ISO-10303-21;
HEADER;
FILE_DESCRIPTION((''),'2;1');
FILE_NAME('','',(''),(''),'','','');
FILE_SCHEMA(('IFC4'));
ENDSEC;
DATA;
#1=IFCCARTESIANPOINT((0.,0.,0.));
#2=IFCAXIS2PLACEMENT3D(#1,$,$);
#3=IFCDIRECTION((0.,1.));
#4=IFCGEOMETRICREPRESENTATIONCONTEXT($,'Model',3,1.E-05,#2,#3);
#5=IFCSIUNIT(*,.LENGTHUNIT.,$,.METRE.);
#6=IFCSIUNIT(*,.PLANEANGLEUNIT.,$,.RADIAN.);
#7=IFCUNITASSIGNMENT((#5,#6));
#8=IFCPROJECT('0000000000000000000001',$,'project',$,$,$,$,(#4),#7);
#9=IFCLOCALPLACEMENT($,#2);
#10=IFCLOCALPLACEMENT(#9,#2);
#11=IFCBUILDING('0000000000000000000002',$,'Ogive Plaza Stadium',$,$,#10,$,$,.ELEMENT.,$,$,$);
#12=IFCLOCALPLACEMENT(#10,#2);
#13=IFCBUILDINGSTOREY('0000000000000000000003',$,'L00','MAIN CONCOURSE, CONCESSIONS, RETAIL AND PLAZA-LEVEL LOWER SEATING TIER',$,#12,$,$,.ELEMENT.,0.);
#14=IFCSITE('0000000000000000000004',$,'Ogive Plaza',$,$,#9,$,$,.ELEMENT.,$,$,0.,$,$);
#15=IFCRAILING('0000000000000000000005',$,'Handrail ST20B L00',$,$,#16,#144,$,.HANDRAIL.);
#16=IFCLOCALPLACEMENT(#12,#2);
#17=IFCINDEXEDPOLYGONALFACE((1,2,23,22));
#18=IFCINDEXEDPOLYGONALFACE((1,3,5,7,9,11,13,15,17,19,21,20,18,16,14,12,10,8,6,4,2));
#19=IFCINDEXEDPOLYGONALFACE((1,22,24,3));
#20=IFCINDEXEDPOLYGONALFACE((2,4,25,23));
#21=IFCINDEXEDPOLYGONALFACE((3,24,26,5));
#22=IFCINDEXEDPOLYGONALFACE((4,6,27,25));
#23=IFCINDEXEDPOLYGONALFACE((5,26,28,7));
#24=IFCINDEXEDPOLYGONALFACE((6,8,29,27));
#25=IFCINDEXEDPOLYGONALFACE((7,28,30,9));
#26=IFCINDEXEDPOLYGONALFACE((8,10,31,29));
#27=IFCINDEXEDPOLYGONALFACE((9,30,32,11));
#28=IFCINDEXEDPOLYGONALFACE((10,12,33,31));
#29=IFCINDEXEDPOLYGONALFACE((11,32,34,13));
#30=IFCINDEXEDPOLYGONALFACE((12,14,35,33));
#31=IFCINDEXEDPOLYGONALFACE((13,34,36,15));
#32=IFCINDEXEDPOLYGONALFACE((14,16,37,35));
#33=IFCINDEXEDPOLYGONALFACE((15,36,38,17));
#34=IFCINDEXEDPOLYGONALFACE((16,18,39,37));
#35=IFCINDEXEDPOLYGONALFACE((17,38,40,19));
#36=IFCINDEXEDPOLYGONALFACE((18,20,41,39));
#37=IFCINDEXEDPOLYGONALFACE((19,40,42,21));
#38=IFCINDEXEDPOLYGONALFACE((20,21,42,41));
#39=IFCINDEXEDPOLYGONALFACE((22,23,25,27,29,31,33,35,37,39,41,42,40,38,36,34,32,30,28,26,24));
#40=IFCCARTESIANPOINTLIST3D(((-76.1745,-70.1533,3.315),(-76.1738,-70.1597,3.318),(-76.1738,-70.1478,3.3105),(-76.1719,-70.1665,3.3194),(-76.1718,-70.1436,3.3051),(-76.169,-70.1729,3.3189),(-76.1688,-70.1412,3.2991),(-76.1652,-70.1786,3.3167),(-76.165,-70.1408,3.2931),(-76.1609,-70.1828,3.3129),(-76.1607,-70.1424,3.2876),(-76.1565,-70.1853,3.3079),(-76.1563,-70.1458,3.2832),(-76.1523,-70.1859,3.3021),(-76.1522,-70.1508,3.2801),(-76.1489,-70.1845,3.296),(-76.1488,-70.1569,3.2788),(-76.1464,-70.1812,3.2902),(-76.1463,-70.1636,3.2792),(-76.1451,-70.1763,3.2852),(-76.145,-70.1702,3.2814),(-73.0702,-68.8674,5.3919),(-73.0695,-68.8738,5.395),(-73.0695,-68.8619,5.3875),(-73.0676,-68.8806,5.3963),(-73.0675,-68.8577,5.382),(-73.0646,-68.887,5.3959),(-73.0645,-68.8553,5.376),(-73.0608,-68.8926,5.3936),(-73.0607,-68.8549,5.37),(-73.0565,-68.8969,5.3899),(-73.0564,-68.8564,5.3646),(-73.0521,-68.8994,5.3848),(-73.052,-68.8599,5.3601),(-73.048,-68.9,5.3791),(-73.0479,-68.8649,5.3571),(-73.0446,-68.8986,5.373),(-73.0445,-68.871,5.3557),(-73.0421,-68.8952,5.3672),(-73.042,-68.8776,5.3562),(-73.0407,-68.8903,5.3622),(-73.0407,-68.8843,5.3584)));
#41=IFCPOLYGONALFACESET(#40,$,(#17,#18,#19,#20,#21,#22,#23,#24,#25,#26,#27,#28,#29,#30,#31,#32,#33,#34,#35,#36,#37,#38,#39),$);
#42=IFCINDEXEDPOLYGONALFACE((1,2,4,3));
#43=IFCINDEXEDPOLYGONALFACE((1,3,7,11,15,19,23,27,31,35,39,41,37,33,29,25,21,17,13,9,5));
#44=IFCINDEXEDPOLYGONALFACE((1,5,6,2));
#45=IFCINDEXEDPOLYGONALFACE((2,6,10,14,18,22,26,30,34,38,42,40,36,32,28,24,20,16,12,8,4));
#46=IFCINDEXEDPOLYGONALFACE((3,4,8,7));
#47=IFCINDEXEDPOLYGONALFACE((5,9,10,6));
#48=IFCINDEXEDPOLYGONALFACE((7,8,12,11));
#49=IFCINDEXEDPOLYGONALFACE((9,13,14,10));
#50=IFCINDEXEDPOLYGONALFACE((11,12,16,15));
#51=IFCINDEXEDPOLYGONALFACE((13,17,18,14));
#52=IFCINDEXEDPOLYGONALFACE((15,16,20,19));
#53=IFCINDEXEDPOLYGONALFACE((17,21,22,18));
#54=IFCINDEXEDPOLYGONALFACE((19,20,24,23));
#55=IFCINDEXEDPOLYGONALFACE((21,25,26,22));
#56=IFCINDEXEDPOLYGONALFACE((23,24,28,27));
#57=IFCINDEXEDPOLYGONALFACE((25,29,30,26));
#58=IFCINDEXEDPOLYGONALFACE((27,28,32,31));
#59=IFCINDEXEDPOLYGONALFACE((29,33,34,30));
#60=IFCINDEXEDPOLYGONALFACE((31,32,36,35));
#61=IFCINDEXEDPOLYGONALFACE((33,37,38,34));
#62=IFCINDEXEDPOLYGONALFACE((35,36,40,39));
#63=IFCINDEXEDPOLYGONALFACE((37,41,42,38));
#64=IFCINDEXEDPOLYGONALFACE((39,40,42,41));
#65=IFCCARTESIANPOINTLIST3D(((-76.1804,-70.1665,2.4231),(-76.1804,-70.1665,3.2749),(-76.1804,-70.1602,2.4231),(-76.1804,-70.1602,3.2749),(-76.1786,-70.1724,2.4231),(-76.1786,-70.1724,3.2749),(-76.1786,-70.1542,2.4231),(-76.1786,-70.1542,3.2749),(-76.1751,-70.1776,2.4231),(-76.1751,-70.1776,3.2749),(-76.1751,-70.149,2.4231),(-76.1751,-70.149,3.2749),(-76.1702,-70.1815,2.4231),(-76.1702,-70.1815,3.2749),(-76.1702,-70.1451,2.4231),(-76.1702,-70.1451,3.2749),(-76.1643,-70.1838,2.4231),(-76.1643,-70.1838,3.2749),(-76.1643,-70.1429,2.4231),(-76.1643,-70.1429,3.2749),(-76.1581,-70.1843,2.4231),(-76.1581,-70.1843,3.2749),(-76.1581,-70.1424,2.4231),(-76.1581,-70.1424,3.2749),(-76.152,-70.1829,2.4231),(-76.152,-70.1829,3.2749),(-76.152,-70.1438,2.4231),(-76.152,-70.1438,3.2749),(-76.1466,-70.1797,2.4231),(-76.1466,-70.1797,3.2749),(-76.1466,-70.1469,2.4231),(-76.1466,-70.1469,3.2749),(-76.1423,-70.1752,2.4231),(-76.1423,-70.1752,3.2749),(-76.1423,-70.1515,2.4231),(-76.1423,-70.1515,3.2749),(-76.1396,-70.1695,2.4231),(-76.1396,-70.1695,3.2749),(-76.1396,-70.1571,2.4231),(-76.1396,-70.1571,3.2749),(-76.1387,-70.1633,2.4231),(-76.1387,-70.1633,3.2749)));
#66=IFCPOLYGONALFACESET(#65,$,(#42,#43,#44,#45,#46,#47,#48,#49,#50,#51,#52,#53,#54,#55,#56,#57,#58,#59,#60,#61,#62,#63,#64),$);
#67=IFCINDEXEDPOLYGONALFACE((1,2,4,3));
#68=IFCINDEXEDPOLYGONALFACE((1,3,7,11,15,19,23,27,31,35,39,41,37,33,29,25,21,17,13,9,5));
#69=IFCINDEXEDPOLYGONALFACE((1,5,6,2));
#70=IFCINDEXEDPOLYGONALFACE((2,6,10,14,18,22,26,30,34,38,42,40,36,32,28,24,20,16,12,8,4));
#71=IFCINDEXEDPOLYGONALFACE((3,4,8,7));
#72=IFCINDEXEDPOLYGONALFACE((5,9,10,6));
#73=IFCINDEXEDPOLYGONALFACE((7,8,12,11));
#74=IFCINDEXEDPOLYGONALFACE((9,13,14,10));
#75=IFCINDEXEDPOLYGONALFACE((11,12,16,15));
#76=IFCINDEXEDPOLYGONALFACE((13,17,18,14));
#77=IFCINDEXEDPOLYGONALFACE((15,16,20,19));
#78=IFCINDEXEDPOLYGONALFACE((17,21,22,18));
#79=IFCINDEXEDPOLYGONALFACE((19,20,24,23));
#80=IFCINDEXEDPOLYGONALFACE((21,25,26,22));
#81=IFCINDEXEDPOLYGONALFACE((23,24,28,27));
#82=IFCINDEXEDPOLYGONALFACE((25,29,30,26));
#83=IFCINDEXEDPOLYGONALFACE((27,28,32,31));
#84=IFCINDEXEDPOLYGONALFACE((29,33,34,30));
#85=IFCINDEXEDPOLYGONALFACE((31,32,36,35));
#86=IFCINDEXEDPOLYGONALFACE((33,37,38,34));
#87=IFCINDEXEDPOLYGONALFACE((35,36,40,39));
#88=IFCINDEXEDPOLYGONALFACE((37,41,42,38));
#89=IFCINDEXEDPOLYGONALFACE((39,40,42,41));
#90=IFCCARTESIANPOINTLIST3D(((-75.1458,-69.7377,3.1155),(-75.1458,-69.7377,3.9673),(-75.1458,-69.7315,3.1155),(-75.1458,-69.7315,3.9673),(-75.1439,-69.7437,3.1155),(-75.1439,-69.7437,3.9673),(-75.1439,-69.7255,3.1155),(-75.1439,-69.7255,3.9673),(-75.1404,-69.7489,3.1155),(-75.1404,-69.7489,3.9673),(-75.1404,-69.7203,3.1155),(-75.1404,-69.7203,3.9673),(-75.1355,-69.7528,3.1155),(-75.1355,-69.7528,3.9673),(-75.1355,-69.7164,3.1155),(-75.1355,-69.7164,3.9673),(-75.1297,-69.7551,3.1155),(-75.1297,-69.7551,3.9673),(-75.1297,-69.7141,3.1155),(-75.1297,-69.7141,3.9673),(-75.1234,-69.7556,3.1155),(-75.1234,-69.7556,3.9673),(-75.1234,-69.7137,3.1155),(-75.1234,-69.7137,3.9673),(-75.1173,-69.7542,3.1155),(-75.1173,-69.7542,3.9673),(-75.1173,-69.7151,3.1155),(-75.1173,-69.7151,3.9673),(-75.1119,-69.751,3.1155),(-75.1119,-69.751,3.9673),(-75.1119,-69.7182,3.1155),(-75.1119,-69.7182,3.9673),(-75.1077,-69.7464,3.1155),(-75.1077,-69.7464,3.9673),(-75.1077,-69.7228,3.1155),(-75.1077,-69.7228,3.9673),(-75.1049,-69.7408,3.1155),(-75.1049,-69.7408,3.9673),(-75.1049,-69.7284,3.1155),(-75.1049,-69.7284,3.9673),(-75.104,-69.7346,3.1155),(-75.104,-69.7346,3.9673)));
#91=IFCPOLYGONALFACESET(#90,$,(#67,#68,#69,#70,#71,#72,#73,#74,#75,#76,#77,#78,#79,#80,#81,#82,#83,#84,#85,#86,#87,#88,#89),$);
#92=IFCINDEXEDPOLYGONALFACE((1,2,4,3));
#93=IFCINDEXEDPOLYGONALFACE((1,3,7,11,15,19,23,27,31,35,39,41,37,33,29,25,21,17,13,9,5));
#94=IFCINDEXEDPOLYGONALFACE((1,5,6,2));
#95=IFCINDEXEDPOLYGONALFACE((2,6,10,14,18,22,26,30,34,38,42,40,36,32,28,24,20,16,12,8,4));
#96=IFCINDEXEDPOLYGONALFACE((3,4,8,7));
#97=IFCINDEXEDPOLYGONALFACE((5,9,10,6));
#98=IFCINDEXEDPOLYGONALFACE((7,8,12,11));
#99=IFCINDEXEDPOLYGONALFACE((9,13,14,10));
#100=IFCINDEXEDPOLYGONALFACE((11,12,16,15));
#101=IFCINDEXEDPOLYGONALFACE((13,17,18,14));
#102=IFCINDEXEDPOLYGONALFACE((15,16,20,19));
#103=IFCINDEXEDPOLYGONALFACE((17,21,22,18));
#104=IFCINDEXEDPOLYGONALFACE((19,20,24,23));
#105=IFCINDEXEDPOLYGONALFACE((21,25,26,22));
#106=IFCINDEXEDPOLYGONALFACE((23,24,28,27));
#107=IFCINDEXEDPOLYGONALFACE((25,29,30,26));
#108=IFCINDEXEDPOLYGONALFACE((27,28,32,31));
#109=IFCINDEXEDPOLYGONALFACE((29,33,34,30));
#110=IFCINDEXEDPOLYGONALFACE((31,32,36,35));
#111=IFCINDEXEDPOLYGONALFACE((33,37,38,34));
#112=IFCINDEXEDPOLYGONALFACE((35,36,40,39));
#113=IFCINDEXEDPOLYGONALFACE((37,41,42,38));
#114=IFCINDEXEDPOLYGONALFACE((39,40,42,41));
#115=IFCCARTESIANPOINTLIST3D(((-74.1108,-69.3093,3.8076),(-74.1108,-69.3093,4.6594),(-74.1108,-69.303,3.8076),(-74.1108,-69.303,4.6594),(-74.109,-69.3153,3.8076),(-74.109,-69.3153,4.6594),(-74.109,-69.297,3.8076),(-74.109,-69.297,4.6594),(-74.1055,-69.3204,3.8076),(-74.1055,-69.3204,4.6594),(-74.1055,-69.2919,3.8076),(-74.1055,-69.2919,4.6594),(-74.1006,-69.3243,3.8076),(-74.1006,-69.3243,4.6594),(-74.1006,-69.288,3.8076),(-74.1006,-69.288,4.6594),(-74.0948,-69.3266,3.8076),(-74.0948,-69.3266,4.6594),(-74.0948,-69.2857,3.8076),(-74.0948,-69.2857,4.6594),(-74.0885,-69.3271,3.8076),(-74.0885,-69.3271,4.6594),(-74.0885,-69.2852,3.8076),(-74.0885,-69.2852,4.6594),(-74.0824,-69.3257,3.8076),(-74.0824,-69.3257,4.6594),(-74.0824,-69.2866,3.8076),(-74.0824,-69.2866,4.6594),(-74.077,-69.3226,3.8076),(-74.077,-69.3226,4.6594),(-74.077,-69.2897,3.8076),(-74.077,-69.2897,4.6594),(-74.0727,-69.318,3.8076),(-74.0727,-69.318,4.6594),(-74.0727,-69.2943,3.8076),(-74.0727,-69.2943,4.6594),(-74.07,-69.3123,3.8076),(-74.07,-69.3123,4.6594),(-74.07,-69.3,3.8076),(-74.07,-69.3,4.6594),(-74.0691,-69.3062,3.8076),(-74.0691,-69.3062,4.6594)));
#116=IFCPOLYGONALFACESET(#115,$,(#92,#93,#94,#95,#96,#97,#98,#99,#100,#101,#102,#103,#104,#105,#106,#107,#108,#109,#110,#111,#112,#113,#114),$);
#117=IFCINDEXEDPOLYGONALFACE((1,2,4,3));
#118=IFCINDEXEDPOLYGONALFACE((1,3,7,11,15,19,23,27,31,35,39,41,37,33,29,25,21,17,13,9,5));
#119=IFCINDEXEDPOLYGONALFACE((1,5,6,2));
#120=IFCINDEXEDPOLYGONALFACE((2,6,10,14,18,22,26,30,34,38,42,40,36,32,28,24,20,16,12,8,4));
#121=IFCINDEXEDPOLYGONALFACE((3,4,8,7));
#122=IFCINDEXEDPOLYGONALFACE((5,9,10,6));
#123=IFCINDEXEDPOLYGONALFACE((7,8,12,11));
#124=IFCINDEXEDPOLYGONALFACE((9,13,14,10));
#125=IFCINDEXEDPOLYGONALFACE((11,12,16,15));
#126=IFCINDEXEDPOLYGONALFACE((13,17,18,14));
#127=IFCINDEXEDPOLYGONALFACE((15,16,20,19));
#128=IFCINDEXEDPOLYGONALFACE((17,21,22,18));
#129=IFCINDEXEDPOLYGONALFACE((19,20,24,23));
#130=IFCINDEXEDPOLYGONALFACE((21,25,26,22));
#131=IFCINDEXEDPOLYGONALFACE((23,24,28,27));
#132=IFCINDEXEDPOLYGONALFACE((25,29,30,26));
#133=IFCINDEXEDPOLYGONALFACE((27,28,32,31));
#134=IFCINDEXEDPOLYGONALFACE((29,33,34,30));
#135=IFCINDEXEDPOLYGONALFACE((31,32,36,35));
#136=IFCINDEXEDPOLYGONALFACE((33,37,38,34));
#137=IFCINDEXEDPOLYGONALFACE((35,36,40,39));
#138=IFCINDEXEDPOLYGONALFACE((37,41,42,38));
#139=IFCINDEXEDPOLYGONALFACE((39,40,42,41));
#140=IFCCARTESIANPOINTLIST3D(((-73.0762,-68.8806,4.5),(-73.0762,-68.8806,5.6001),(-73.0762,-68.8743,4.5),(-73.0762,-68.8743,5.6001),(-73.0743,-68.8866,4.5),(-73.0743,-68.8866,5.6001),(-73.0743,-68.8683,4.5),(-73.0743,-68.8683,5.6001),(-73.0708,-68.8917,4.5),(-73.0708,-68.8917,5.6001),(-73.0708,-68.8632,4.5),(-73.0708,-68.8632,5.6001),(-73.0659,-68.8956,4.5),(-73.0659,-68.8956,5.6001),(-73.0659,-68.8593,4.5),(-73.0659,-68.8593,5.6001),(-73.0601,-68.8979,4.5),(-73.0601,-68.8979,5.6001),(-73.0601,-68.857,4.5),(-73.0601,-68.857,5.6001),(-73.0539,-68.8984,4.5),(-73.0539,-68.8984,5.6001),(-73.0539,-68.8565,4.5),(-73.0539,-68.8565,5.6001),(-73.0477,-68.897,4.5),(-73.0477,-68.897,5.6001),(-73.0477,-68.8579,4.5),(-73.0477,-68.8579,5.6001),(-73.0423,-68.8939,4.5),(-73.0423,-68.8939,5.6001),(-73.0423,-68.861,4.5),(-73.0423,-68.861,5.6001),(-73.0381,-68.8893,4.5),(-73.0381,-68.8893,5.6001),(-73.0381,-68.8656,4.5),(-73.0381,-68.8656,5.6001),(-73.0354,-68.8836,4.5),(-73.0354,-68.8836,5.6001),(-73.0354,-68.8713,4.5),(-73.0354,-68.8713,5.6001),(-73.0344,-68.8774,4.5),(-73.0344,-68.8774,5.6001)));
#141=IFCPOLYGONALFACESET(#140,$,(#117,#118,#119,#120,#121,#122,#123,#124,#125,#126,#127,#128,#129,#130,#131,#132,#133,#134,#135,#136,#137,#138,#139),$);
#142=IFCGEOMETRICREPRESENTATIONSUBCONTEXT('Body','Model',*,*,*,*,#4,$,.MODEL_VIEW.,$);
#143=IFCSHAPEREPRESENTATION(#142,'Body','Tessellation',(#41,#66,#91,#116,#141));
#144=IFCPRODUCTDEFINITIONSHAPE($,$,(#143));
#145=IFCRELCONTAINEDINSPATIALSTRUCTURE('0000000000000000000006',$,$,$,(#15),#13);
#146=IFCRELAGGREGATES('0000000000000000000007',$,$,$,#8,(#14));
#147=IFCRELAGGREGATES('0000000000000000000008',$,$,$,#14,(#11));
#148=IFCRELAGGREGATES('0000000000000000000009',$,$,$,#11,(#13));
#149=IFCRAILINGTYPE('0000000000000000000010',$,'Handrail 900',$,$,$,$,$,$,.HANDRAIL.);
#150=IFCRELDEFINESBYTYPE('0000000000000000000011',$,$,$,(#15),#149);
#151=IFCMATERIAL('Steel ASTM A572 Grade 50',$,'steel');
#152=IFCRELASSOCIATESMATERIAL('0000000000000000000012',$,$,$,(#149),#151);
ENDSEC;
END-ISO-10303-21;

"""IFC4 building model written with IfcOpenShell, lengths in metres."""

from ifc_helpers import new_model, si_unit, direction, frame, origin, origin_2d, place, context, subcontext, project, spatial, circle, extrude, material, type_object, element, save


model = new_model("IFC4")

# Units and contexts
model_context = context("Model", 3, precision=1e-05, world=origin(), true_north=direction((0.0, 1.0)))
body_context = subcontext(model_context, "Body", "Model", "MODEL_VIEW")
ifc_project = project(units=[si_unit("LENGTHUNIT", "METRE"), si_unit("PLANEANGLEUNIT", "RADIAN")], contexts=[model_context])

# Site, building, storey
site_placement = place(None, origin())
site = spatial("IfcSite", under=ifc_project, at=site_placement, Name="Ogive Plaza", CompositionType="ELEMENT", RefElevation=0.0)
building_placement = place(site_placement, origin())
building = spatial("IfcBuilding", under=site, at=building_placement, Name="Ogive Plaza Stadium", CompositionType="ELEMENT")
storey_placement = place(building_placement, origin())
storey = spatial("IfcBuildingStorey", under=building, at=storey_placement, Name="L00", Description="MAIN CONCOURSE, CONCESSIONS, RETAIL AND PLAZA-LEVEL LOWER SEATING TIER", CompositionType="ELEMENT", Elevation=0.0)

# Railing
ifc_material_1 = material(Name="Steel ASTM A572 Grade 50", Category="steel")
railing_type_1 = type_object("IfcRailingType", Name="Handrail 900", PredefinedType="HANDRAIL", material=ifc_material_1)
railing_1_placement = place(storey_placement, frame((-76.1597, -70.1633, 2.4231)))
element("IfcRailing", 1, at=railing_1_placement, inside=storey, type_object=railing_type_1, Name="Handrail ST20B L00", PredefinedType="HANDRAIL", context=body_context, shape_type="SweptSolid", body=[
    extrude(circle(Radius=0.0239, at=origin_2d()), frame((0.0, 0.0, 0.876), z_axis=(0.785863, 0.325532, 0.525783), x_axis=(-0.3827, 0.923872, 0.0)), (0.0, 0.0, 1.0), 3.9502),
    extrude(circle(Radius=0.021, at=origin_2d()), origin(), (0.0, 0.0, 1.0), 0.8518),
    extrude(circle(Radius=0.021, at=origin_2d()), frame((1.0347, 0.4287, 0.6924)), (0.0, 0.0, 1.0), 0.8518),
    extrude(circle(Radius=0.021, at=origin_2d()), frame((2.0696, 0.8572, 1.3845)), (0.0, 0.0, 1.0), 0.8518),
    extrude(circle(Radius=0.021, at=origin_2d()), frame((3.1042, 1.2859, 2.0769)), (0.0, 0.0, 1.0), 1.1001),
])

save(model, "model.ifc")
